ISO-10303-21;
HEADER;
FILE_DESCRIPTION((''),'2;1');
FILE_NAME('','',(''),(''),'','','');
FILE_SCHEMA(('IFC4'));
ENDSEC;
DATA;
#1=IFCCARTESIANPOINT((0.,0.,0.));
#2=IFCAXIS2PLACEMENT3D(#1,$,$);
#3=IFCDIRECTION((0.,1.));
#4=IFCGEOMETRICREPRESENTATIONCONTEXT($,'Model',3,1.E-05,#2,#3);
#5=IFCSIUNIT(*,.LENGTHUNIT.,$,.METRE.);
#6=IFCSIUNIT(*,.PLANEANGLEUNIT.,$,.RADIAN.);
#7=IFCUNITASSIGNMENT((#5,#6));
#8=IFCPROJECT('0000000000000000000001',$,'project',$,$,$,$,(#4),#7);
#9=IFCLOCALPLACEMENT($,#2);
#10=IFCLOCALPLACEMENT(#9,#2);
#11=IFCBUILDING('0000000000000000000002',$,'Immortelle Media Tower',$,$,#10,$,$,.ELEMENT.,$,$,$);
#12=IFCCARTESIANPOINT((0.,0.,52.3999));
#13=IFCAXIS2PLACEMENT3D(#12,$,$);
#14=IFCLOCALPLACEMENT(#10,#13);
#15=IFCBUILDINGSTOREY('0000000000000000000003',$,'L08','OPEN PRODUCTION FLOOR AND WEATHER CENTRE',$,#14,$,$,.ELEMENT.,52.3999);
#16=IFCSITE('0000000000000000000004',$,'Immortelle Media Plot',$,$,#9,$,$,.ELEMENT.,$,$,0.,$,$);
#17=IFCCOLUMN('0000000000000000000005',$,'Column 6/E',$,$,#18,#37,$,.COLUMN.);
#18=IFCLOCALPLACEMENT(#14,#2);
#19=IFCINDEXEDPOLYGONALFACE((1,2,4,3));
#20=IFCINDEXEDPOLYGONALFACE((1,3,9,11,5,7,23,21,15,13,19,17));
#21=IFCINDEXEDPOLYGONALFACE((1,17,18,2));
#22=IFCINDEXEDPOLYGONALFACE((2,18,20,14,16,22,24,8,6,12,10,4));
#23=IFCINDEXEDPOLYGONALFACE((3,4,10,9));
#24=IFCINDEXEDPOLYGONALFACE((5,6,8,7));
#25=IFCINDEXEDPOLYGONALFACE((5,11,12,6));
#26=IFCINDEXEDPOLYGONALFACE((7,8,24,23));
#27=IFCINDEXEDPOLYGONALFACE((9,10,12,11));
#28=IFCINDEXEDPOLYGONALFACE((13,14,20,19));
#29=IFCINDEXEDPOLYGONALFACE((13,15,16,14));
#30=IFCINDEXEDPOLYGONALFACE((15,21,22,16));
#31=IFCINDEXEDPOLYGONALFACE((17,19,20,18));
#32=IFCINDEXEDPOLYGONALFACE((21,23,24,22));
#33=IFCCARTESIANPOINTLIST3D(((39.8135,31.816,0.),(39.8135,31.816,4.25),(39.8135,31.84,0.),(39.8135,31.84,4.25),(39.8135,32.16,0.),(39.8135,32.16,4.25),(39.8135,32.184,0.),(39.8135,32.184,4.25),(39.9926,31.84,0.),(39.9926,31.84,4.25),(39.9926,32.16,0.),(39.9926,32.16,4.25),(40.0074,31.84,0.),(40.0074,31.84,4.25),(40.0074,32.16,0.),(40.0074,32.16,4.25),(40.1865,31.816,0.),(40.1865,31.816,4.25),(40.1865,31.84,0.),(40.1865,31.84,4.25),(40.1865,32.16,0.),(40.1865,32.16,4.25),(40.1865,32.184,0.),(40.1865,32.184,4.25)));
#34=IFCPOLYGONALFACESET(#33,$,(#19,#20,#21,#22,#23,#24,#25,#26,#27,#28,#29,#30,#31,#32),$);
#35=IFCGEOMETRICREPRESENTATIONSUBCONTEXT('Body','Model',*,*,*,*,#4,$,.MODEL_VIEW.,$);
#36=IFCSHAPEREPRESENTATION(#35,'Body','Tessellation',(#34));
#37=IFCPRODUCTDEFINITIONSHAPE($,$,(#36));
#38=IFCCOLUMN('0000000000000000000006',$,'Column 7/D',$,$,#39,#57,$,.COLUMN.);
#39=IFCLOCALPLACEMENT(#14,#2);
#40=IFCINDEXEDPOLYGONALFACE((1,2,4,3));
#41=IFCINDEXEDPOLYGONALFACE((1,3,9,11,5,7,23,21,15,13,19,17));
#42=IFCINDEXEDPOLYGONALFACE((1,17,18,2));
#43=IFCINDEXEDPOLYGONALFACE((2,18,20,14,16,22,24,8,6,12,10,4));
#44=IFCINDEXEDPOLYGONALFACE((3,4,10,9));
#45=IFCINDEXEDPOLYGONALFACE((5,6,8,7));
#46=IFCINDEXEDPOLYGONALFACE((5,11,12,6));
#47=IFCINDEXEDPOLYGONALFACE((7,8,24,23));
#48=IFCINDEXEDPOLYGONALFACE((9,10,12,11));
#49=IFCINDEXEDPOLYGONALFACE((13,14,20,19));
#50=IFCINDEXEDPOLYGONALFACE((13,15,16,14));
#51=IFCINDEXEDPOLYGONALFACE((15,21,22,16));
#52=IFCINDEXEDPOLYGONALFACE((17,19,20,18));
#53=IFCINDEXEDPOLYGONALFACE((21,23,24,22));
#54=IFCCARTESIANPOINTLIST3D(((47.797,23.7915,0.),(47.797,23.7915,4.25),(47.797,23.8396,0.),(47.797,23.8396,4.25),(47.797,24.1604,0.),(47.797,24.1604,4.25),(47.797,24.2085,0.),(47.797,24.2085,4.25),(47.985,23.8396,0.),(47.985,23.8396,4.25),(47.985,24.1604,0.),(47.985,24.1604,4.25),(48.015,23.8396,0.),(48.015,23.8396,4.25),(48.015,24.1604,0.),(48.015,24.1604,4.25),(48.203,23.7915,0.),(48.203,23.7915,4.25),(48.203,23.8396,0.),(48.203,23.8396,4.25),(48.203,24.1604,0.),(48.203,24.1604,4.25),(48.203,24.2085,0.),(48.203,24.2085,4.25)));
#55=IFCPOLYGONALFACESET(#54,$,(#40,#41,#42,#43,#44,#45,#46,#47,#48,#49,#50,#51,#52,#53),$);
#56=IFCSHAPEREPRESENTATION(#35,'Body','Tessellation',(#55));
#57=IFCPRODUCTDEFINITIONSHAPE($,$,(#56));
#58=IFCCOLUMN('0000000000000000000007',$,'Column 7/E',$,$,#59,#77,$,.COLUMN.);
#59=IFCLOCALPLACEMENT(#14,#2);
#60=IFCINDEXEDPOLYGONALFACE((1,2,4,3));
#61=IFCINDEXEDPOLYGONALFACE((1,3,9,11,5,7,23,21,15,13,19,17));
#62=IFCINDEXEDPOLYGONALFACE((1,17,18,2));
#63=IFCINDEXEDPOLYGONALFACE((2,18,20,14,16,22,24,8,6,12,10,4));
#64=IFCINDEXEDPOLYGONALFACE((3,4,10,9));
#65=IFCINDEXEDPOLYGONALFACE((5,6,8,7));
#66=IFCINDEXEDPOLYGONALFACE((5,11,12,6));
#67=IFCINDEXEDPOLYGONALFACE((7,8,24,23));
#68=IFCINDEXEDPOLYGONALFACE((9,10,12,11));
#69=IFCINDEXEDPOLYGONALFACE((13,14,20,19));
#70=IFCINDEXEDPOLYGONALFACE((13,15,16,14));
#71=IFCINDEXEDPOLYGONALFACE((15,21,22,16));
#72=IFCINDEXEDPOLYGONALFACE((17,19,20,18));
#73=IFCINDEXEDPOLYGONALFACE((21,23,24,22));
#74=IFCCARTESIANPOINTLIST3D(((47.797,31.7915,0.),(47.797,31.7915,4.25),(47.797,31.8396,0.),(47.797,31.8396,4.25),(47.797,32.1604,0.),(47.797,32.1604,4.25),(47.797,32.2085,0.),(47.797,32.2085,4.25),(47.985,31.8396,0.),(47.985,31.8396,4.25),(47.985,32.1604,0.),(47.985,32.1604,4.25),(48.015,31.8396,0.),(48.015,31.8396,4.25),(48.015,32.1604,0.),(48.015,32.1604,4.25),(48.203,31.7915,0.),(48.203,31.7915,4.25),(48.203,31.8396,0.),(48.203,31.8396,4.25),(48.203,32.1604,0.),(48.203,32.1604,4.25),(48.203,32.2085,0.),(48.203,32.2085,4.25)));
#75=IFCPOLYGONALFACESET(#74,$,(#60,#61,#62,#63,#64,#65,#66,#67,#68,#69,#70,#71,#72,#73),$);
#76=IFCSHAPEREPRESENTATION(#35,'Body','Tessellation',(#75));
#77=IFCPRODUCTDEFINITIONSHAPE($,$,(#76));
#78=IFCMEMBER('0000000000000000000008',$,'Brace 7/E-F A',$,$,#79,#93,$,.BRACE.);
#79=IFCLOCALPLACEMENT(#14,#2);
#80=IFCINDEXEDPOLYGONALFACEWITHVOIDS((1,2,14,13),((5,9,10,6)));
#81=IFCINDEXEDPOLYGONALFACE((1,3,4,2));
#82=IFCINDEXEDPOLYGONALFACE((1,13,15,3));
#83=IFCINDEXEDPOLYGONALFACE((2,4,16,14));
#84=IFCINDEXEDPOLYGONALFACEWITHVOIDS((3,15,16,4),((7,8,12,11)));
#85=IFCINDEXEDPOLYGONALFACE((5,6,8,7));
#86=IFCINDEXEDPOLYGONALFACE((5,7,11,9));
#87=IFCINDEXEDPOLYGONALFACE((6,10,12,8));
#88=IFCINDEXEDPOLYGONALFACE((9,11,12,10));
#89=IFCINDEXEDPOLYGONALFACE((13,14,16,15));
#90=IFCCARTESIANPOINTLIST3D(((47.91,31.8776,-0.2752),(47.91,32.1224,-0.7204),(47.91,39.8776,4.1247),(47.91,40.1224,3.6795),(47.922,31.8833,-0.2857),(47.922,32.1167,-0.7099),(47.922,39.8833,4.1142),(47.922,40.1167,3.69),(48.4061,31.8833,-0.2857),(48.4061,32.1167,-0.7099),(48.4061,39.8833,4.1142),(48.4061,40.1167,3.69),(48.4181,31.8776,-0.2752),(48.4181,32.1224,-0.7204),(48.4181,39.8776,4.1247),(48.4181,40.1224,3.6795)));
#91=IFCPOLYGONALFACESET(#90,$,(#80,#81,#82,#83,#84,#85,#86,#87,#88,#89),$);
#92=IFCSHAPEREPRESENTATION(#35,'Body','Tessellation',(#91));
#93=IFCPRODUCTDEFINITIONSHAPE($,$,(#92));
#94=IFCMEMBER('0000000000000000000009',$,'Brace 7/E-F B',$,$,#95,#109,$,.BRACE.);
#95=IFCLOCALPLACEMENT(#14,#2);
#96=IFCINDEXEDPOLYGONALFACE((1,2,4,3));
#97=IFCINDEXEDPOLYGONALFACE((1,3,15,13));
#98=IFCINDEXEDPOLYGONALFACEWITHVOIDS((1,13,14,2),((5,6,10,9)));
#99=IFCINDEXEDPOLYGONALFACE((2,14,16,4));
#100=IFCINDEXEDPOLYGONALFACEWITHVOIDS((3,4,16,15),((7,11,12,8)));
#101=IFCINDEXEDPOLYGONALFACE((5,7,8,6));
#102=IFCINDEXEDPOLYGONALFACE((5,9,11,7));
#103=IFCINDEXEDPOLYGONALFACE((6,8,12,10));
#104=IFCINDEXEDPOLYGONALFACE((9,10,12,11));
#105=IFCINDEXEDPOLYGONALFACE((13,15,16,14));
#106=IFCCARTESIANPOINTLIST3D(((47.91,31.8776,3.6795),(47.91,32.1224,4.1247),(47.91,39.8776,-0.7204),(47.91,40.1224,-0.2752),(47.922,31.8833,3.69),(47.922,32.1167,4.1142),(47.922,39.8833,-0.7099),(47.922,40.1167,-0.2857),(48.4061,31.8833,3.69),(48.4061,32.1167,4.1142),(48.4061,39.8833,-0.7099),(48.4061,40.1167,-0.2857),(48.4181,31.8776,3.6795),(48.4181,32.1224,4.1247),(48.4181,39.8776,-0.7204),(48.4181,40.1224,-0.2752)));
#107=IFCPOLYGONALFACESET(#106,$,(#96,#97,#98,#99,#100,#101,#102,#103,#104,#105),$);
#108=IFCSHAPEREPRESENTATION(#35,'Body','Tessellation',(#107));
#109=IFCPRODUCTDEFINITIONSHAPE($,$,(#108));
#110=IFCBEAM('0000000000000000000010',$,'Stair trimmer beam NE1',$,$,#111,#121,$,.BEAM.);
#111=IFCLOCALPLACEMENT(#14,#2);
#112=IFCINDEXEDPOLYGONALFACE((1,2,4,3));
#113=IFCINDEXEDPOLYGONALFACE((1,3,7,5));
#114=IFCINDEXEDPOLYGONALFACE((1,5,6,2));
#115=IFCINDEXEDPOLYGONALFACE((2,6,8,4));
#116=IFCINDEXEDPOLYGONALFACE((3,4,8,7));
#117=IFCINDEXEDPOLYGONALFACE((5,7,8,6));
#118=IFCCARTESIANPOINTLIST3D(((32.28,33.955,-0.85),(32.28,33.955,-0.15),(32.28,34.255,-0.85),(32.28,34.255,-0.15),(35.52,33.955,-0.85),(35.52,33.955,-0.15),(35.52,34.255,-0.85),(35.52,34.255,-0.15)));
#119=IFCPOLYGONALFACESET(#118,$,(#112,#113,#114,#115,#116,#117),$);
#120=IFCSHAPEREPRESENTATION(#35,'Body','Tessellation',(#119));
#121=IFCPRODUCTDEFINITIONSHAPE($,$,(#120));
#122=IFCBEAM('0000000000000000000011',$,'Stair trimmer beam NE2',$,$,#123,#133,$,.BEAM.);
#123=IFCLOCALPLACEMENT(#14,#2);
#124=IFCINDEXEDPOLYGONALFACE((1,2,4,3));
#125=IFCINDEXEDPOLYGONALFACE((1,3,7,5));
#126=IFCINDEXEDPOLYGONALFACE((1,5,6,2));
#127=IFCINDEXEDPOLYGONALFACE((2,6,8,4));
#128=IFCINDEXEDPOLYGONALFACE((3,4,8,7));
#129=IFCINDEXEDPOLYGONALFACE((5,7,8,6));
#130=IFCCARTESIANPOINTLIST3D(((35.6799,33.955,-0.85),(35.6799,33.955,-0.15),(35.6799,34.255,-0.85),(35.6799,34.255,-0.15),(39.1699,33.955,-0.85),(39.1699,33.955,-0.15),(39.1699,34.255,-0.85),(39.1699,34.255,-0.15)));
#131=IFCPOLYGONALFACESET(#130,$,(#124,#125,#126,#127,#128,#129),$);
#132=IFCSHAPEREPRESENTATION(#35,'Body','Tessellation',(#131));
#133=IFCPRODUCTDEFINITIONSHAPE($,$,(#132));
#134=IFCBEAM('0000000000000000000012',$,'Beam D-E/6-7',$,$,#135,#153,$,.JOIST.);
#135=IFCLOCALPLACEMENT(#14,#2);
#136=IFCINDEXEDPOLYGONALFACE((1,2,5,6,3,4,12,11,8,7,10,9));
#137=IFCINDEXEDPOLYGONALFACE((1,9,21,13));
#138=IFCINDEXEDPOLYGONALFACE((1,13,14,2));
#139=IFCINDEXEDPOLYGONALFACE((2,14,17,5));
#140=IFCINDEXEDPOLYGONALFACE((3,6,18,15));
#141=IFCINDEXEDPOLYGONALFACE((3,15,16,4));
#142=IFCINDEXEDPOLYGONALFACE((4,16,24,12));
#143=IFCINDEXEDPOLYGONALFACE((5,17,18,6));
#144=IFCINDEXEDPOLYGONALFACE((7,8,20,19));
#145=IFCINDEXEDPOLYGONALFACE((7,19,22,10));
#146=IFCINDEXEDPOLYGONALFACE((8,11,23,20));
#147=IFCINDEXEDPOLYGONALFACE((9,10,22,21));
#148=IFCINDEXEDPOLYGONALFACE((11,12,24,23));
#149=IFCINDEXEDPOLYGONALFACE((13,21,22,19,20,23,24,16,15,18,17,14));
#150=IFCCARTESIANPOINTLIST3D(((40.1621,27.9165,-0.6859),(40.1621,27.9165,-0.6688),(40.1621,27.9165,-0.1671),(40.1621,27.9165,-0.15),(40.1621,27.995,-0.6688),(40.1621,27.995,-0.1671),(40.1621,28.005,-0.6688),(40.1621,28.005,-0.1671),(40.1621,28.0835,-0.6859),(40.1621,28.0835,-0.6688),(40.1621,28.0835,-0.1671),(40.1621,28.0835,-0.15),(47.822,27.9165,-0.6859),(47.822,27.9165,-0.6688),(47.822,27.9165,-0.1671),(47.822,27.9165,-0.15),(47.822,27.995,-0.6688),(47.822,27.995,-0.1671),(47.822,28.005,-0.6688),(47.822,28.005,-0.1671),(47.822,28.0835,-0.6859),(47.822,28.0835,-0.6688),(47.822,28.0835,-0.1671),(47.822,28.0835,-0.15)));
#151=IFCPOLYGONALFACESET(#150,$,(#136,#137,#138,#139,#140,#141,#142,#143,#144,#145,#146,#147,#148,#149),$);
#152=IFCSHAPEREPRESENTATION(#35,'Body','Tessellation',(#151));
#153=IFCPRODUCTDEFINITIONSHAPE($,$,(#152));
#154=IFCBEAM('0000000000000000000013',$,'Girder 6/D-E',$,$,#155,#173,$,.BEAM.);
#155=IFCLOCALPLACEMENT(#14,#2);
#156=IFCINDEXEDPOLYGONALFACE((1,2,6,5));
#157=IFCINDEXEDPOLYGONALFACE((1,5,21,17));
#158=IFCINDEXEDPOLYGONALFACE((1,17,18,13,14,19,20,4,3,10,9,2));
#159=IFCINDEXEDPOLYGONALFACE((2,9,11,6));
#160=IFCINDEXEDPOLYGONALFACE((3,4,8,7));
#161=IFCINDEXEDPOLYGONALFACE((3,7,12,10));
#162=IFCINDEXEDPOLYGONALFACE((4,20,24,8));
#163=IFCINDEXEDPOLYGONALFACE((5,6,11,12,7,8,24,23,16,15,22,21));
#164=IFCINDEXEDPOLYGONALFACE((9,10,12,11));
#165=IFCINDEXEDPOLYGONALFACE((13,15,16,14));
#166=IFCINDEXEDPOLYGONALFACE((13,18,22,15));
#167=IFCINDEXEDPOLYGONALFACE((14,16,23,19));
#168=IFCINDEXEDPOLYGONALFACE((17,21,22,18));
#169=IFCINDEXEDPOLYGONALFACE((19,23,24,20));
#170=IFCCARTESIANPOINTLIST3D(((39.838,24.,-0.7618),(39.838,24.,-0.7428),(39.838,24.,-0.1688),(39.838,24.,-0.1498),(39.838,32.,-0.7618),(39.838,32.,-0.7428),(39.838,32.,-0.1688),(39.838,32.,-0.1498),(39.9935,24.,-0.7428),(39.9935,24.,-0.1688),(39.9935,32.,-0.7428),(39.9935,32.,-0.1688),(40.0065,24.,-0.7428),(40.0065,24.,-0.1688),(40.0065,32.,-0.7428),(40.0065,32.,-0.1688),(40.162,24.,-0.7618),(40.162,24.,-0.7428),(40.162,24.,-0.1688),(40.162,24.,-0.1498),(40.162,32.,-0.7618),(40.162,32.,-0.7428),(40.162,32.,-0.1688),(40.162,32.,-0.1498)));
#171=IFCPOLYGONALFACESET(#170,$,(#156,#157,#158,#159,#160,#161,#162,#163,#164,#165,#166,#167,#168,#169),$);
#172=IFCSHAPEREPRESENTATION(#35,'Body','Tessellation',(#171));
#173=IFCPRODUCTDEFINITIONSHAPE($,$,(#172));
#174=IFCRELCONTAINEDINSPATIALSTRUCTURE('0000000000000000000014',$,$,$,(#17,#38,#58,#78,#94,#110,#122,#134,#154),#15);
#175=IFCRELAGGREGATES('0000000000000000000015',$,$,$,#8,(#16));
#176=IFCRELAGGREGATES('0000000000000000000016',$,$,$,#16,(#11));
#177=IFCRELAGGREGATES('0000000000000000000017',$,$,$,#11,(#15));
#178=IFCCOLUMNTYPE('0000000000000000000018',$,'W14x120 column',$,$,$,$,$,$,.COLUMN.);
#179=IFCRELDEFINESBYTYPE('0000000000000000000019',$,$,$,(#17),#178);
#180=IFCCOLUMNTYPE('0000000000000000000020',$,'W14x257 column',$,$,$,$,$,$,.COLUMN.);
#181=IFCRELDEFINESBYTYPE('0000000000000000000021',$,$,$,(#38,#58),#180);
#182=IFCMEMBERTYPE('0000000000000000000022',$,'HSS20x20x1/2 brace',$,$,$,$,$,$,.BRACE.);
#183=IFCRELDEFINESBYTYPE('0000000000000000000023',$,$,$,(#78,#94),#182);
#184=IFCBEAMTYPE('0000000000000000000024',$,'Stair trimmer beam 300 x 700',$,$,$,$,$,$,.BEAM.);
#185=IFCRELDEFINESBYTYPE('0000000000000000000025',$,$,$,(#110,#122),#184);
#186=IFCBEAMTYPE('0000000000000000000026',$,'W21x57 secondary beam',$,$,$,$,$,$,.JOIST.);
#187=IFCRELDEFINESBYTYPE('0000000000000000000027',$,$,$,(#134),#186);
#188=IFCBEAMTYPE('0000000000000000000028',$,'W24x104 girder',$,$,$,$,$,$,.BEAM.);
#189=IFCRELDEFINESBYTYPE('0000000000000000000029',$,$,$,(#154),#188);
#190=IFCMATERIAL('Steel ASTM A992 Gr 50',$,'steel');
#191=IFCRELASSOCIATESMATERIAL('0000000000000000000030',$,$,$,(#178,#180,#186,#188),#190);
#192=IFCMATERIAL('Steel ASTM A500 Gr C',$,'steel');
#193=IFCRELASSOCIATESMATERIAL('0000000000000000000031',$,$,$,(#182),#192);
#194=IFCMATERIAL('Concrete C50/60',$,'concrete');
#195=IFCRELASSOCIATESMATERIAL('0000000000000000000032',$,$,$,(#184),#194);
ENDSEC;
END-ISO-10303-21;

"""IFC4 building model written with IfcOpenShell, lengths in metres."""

from ifc_helpers import new_model, si_unit, direction, frame, origin, origin_2d, place, context, subcontext, project, spatial, rectangle, hollow_rectangle, i_section, extrude, material, material_profile, profile_set, type_object, element, save


model = new_model("IFC4")

# Units and contexts
model_context = context("Model", 3, precision=1e-05, world=origin(), true_north=direction((0.0, 1.0)))
body_context = subcontext(model_context, "Body", "Model", "MODEL_VIEW")
ifc_project = project(units=[si_unit("LENGTHUNIT", "METRE"), si_unit("PLANEANGLEUNIT", "RADIAN")], contexts=[model_context])

# Site, building, storey
site_placement = place(None, origin())
site = spatial("IfcSite", under=ifc_project, at=site_placement, Name="Immortelle Media Plot", CompositionType="ELEMENT", RefElevation=0.0)
building_placement = place(site_placement, origin())
building = spatial("IfcBuilding", under=site, at=building_placement, Name="Immortelle Media Tower", CompositionType="ELEMENT")
storey_placement = place(building_placement, frame((0.0, 0.0, 52.3999)))
storey = spatial("IfcBuildingStorey", under=building, at=storey_placement, Name="L08", Description="OPEN PRODUCTION FLOOR AND WEATHER CENTRE", CompositionType="ELEMENT", Elevation=52.3999)

# Columns
ifc_material_1 = material(Name="Steel ASTM A992 Gr 50", Category="steel")
ifc_material_profile_1 = material_profile(ifc_material_1, i_section(OverallWidth=0.373, OverallDepth=0.3679, WebThickness=0.0149, FlangeThickness=0.0239, at=origin_2d()), Name="W14x120")
ifc_profile_set_1 = profile_set([ifc_material_profile_1], Name="Steel ASTM A992 Gr 50")
column_type_1 = type_object("IfcColumnType", Name="W14x120 column", PredefinedType="COLUMN", material=ifc_profile_set_1)
column_placement = place(storey_placement, frame((40.0, 32.0, 0.0), z_axis=(0.0, 0.0, 1.0), x_axis=(1.0, 0.0, 0.0)))
element("IfcColumn", 1, at=column_placement, inside=storey, type_object=column_type_1, Name="Column 6/E", PredefinedType="COLUMN", context=body_context, shape_type="SweptSolid", body=[
    extrude(i_section(OverallWidth=0.373, OverallDepth=0.3679, WebThickness=0.0149, FlangeThickness=0.0239, at=origin_2d()), origin(), (0.0, 0.0, 1.0), 4.25),
])
ifc_material_profile_2 = material_profile(ifc_material_1, i_section(OverallWidth=0.406, OverallDepth=0.417, WebThickness=0.03, FlangeThickness=0.0481, at=origin_2d()), Name="W14x257")
ifc_profile_set_2 = profile_set([ifc_material_profile_2], Name="Steel ASTM A992 Gr 50")
column_type_2 = type_object("IfcColumnType", Name="W14x257 column", PredefinedType="COLUMN", material=ifc_profile_set_2)
for number, where, z_axis, x_axis, name in (
    (2, (48.0, 24.0, 0.0), (0.0, 0.0, 1.0), (1.0, 0.0, 0.0), "Column 7/D"),
    (3, (48.0, 32.0, 0.0), (0.0, 0.0, 1.0), (1.0, 0.0, 0.0), "Column 7/E"),
):
    element("IfcColumn", number, at=place(storey_placement, frame(where, z_axis=z_axis, x_axis=x_axis)), inside=storey, type_object=column_type_2, Name=name, PredefinedType="COLUMN", context=body_context, shape_type="SweptSolid", body=[
        extrude(i_section(OverallWidth=0.406, OverallDepth=0.417, WebThickness=0.03, FlangeThickness=0.0481, at=origin_2d()), origin(), (0.0, 0.0, 1.0), 4.25),
    ])

# Members
ifc_material_2 = material(Name="Steel ASTM A500 Gr C", Category="steel")
ifc_material_profile_3 = material_profile(ifc_material_2, hollow_rectangle(XDim=0.5081, YDim=0.5081, WallThickness=0.012, at=origin_2d()), Name="HSS20x20x1/2 brace")
ifc_profile_set_3 = profile_set([ifc_material_profile_3], Name="Steel ASTM A500 Gr C")
member_type = type_object("IfcMemberType", Name="HSS20x20x1/2 brace", PredefinedType="BRACE", material=ifc_profile_set_3)
for number, where, z_axis, x_axis, name in (
    (4, (48.1641, 32.0, -0.4978), (0.0, 0.87622, 0.481911), (-1.0, 0.0, 0.0), "Brace 7/E-F A"),
    (5, (48.1641, 32.0, 3.9021), (0.0, 0.87622, -0.481911), (-1.0, 0.0, 0.0), "Brace 7/E-F B"),
):
    element("IfcMember", number, at=place(storey_placement, frame(where, z_axis=z_axis, x_axis=x_axis)), inside=storey, type_object=member_type, Name=name, PredefinedType="BRACE", context=body_context, shape_type="SweptSolid", body=[
        extrude(hollow_rectangle(XDim=0.5081, YDim=0.5081, WallThickness=0.012, at=origin_2d()), origin(), (0.0, 0.0, 1.0), 9.1301),
    ])

# Beams
ifc_material_3 = material(Name="Concrete C50/60", Category="concrete")
ifc_material_profile_4 = material_profile(ifc_material_3, rectangle(XDim=0.3, YDim=0.7, at=origin_2d()), Name="RC 300x700")
ifc_profile_set_4 = profile_set([ifc_material_profile_4], Name="Concrete C50/60")
beam_type_1 = type_object("IfcBeamType", Name="Stair trimmer beam 300 x 700", PredefinedType="BEAM", material=ifc_profile_set_4)
beam_1_placement = place(storey_placement, frame((32.28, 34.105, -0.5), z_axis=(1.0, 0.0, 0.0), x_axis=(0.0, 1.0, 0.0)))
element("IfcBeam", 6, at=beam_1_placement, inside=storey, type_object=beam_type_1, Name="Stair trimmer beam NE1", PredefinedType="BEAM", context=body_context, shape_type="SweptSolid", body=[
    extrude(rectangle(XDim=0.3, YDim=0.7, at=origin_2d()), origin(), (0.0, 0.0, 1.0), 3.24),
])
beam_2_placement = place(storey_placement, frame((35.6799, 34.105, -0.5), z_axis=(1.0, 0.0, 0.0), x_axis=(0.0, 1.0, 0.0)))
element("IfcBeam", 7, at=beam_2_placement, inside=storey, type_object=beam_type_1, Name="Stair trimmer beam NE2", PredefinedType="BEAM", context=body_context, shape_type="SweptSolid", body=[
    extrude(rectangle(XDim=0.3, YDim=0.7, at=origin_2d()), origin(), (0.0, 0.0, 1.0), 3.49),
])
ifc_material_profile_5 = material_profile(ifc_material_1, i_section(OverallWidth=0.167, OverallDepth=0.5359, WebThickness=0.01, FlangeThickness=0.0171, at=origin_2d()), Name="W21x57")
ifc_profile_set_5 = profile_set([ifc_material_profile_5], Name="Steel ASTM A992 Gr 50")
beam_type_2 = type_object("IfcBeamType", Name="W21x57 secondary beam", PredefinedType="JOIST", material=ifc_profile_set_5)
beam_3_placement = place(storey_placement, frame((40.1621, 28.0, -0.418), z_axis=(1.0, 0.0, 0.0), x_axis=(0.0, 1.0, 0.0)))
element("IfcBeam", 8, at=beam_3_placement, inside=storey, type_object=beam_type_2, Name="Beam D-E/6-7", PredefinedType="JOIST", context=body_context, shape_type="SweptSolid", body=[
    extrude(i_section(OverallWidth=0.167, OverallDepth=0.5359, WebThickness=0.01, FlangeThickness=0.0171, at=origin_2d()), origin(), (0.0, 0.0, 1.0), 7.6599),
])
ifc_material_profile_6 = material_profile(ifc_material_1, i_section(OverallWidth=0.324, OverallDepth=0.6121, WebThickness=0.0129, FlangeThickness=0.019, at=origin_2d()), Name="W24x104")
ifc_profile_set_6 = profile_set([ifc_material_profile_6], Name="Steel ASTM A992 Gr 50")
beam_type_3 = type_object("IfcBeamType", Name="W24x104 girder", PredefinedType="BEAM", material=ifc_profile_set_6)
for number, where, z_axis, x_axis, name in (
    (9, (40.0, 24.0, -0.4558), (0.0, 1.0, 0.0), (-1.0, 0.0, 0.0), "Girder 6/D-E"),
):
    element("IfcBeam", number, at=place(storey_placement, frame(where, z_axis=z_axis, x_axis=x_axis)), inside=storey, type_object=beam_type_3, Name=name, PredefinedType="BEAM", context=body_context, shape_type="SweptSolid", body=[
        extrude(i_section(OverallWidth=0.324, OverallDepth=0.6121, WebThickness=0.0129, FlangeThickness=0.019, at=origin_2d()), origin(), (0.0, 0.0, 1.0), 8.0),
    ])

save(model, "model.ifc")
